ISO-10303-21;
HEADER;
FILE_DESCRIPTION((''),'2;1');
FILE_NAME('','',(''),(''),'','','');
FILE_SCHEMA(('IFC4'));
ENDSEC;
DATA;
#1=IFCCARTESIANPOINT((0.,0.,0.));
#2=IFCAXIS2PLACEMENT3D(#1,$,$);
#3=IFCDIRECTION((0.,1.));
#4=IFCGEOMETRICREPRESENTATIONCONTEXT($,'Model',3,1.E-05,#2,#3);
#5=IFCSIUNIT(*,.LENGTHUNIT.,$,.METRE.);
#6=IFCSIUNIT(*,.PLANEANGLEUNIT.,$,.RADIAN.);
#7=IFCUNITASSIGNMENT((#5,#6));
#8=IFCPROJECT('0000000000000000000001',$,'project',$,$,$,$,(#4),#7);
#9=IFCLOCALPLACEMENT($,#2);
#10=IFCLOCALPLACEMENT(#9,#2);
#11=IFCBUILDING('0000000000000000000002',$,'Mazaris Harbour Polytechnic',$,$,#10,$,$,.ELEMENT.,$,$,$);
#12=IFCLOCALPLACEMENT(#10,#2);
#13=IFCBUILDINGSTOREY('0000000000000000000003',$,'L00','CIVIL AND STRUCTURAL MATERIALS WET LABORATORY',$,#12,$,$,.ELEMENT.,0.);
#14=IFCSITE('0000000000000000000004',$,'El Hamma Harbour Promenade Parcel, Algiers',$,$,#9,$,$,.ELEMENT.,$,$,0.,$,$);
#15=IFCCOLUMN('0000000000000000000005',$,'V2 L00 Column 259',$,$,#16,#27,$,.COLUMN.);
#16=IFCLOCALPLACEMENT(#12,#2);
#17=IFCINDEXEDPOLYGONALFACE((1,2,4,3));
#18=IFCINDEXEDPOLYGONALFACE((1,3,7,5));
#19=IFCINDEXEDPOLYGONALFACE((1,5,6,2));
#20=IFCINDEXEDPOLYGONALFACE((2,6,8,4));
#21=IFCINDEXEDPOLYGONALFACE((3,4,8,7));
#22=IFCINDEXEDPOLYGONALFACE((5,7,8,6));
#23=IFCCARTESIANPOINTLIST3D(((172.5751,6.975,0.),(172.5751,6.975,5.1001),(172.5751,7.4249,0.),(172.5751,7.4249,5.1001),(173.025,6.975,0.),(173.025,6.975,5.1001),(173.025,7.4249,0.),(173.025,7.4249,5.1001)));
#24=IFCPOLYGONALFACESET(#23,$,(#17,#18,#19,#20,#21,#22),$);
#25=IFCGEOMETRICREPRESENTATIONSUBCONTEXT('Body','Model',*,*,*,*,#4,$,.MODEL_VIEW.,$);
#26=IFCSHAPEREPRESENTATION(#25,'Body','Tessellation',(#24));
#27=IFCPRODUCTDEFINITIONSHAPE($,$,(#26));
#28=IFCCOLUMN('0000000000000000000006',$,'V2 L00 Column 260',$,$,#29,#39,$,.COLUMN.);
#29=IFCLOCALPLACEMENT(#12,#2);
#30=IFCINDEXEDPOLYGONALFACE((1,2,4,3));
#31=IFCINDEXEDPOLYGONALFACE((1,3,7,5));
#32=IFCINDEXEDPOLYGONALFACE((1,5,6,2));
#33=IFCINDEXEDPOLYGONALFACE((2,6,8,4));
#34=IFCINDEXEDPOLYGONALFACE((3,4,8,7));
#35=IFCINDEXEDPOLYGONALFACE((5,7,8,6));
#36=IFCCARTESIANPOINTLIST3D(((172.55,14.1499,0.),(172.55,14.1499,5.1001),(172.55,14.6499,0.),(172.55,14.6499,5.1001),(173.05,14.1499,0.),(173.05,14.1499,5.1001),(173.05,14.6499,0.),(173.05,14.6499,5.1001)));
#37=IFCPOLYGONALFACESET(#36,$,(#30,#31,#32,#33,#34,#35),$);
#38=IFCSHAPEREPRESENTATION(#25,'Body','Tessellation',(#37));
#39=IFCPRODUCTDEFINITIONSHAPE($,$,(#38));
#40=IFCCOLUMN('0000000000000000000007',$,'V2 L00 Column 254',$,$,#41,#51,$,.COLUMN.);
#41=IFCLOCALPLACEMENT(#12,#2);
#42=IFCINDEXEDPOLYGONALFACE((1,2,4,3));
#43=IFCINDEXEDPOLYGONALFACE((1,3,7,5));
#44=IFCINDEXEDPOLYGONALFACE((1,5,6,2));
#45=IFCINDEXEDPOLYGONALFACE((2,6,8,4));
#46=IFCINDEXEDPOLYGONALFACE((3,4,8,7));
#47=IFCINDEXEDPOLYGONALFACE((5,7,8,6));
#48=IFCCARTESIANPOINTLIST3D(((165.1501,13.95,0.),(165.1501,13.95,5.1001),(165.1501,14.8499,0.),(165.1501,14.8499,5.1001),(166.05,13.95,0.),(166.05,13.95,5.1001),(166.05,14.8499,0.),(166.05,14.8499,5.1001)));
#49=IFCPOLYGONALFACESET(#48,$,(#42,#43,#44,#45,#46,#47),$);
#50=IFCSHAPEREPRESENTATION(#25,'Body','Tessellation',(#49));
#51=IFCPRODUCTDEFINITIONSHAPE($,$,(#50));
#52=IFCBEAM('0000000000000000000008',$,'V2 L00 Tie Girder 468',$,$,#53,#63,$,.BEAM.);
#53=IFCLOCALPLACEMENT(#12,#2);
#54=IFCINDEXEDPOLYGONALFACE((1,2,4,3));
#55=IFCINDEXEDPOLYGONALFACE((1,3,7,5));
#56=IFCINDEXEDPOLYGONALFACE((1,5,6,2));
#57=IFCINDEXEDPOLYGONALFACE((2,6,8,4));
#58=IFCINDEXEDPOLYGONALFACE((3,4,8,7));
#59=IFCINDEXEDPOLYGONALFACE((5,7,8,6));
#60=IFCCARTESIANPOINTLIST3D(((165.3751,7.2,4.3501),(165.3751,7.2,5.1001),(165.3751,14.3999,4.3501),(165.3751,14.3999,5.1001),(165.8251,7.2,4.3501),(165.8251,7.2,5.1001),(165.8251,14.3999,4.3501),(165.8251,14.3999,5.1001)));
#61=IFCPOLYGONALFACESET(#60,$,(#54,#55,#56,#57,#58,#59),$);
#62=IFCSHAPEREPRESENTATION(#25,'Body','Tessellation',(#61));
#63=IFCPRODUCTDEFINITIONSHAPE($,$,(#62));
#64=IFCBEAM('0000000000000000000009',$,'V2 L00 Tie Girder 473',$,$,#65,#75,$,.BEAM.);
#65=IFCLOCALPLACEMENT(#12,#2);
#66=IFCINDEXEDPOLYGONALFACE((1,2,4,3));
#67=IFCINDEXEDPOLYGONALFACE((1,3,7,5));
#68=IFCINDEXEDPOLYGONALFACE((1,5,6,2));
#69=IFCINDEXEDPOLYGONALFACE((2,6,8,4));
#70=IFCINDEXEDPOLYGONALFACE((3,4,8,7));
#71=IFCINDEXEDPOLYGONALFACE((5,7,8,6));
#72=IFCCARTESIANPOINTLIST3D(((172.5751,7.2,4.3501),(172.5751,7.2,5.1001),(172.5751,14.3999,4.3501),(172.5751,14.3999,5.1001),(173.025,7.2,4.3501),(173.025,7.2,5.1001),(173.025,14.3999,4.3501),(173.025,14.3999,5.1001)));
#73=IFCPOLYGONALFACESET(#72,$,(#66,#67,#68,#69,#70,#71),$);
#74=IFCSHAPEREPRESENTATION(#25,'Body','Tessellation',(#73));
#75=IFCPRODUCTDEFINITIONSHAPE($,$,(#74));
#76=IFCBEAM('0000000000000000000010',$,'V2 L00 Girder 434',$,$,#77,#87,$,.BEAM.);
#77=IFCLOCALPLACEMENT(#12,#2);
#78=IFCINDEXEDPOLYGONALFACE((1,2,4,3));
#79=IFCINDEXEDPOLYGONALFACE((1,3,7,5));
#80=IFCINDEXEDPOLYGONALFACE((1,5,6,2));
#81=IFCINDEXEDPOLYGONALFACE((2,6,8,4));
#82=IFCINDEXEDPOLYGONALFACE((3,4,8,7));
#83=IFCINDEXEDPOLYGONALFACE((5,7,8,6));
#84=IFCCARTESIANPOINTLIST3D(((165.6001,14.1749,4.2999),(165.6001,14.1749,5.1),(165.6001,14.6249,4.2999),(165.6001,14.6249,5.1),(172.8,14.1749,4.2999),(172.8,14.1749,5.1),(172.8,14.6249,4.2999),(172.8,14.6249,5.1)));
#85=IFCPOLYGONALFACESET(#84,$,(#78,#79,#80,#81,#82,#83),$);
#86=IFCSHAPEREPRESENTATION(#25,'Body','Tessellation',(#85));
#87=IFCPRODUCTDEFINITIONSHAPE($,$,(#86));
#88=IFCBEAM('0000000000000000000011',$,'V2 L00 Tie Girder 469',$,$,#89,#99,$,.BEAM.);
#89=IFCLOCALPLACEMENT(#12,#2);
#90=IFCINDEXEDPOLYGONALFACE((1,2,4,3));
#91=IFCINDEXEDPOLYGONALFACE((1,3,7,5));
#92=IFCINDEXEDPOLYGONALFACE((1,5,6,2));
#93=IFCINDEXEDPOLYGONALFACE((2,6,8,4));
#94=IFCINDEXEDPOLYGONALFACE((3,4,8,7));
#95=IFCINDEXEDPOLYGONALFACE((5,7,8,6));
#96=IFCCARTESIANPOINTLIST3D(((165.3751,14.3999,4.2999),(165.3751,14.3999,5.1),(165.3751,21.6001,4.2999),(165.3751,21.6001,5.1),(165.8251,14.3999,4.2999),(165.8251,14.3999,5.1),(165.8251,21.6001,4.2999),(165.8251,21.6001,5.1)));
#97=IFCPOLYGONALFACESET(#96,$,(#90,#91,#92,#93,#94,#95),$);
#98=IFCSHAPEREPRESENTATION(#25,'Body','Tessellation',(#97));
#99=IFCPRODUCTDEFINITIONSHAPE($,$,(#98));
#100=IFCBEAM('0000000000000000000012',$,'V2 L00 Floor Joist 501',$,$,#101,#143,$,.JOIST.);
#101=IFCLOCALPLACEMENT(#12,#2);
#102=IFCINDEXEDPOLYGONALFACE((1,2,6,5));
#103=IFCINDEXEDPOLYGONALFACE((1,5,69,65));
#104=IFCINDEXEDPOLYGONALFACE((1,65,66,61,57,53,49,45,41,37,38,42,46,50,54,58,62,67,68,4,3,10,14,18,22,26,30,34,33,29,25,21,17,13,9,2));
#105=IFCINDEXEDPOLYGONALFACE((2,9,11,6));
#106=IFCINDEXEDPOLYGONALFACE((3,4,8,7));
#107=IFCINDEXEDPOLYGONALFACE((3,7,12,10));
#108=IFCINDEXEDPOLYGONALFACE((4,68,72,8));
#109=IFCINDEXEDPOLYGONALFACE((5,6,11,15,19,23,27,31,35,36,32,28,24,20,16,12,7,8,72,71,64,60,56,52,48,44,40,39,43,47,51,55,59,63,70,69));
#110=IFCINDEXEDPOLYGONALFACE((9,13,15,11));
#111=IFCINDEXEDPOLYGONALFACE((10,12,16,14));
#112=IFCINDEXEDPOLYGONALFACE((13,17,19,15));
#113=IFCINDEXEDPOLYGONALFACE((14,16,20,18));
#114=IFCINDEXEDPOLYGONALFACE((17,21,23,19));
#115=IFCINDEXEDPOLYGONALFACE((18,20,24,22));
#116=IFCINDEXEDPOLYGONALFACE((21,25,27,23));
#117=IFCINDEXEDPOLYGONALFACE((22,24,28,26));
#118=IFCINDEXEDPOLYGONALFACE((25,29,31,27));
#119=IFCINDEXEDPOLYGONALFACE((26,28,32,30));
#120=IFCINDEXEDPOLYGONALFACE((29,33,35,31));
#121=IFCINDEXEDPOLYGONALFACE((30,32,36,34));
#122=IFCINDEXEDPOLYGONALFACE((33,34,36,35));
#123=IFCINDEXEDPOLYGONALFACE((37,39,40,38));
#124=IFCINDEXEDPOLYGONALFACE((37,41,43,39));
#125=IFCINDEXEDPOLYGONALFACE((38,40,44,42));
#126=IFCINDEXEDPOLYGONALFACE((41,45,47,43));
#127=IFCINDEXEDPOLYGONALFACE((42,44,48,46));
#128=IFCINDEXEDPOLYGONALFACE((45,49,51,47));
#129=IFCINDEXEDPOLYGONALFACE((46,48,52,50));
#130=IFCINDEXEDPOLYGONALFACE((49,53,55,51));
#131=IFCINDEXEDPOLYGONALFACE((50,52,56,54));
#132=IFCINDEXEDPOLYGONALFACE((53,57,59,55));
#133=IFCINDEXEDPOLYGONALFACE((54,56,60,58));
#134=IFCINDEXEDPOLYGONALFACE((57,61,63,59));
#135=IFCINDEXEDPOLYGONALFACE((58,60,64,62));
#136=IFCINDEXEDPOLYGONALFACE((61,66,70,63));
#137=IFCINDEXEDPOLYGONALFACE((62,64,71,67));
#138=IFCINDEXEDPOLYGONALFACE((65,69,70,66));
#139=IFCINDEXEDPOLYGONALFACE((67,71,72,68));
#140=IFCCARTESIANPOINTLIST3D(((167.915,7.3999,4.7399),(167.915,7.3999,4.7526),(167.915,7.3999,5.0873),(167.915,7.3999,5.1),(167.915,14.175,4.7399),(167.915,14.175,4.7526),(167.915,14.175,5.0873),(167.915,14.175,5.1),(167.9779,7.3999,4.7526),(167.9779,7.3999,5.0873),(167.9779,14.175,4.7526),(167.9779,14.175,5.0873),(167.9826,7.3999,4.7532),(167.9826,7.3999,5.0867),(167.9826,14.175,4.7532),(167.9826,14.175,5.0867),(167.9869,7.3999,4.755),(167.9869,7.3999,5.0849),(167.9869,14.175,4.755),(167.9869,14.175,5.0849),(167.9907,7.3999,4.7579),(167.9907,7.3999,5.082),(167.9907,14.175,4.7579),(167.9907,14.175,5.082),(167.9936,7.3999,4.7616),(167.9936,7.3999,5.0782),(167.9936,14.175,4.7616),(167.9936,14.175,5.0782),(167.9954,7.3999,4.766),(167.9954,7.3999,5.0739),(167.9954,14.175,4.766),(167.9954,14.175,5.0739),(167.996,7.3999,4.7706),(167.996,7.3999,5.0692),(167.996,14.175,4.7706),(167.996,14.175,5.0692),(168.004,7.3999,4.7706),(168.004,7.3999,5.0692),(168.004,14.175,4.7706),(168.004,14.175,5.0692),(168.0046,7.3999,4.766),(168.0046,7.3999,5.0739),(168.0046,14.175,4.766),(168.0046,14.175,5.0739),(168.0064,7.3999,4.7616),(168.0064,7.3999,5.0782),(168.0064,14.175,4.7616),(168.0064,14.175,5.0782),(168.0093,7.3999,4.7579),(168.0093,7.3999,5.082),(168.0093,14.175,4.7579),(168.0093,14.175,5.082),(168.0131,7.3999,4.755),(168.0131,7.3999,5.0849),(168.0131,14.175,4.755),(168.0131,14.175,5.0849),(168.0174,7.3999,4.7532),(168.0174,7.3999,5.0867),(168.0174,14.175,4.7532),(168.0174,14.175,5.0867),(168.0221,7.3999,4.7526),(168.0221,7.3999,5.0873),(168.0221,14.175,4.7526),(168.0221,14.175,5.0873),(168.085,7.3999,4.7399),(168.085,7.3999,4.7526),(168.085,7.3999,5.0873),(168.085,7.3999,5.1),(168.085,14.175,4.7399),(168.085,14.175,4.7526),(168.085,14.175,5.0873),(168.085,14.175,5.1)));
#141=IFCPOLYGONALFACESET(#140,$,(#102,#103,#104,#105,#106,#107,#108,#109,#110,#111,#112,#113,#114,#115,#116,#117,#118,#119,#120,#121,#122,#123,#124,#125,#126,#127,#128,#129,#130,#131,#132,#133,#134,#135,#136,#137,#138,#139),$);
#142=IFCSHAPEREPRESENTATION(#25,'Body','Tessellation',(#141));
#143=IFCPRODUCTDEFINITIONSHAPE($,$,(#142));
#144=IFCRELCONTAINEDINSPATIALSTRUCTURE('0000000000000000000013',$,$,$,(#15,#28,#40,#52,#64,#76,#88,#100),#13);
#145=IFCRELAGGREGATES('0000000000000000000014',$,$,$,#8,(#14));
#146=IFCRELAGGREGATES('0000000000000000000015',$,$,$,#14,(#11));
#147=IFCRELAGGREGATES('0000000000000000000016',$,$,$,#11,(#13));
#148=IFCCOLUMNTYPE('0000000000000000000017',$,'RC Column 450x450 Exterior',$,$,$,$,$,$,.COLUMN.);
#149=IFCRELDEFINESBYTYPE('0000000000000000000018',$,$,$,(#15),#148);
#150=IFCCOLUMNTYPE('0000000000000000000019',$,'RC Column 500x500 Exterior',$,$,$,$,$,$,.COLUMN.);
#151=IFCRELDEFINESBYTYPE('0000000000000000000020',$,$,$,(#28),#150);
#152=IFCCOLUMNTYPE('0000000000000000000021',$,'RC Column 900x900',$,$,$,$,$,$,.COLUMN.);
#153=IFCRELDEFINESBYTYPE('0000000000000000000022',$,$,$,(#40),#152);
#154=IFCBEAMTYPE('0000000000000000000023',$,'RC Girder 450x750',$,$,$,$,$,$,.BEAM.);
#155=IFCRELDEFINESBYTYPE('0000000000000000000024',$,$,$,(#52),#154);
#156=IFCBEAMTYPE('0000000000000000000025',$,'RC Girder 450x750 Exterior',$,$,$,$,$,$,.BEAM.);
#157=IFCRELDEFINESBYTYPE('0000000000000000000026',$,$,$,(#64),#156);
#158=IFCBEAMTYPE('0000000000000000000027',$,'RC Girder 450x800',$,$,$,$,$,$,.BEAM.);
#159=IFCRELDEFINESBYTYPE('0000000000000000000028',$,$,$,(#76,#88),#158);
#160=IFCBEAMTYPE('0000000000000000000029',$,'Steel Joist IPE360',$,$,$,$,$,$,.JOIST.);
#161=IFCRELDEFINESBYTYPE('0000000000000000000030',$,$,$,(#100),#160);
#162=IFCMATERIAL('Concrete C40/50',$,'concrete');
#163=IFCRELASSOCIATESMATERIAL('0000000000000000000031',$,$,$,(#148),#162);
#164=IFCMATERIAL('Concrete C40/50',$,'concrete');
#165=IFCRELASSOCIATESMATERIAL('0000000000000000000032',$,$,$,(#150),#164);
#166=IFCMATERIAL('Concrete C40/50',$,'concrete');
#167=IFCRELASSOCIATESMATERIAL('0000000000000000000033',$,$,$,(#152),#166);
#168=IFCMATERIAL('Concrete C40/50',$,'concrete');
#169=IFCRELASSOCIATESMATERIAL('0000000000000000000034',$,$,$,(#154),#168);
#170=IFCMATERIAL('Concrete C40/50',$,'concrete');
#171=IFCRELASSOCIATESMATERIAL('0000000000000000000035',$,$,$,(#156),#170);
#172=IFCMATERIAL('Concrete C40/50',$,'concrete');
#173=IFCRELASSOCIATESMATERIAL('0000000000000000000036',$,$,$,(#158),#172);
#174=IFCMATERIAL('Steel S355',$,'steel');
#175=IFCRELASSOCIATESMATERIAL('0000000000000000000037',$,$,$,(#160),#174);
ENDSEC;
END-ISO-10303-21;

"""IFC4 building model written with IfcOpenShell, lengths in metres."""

from ifc_helpers import new_model, si_unit, direction, frame, origin, origin_2d, place, context, subcontext, project, spatial, rectangle, i_section, extrude, material, material_profile, profile_set, type_object, element, save


model = new_model("IFC4")

# Units and contexts
model_context = context("Model", 3, precision=1e-05, world=origin(), true_north=direction((0.0, 1.0)))
body_context = subcontext(model_context, "Body", "Model", "MODEL_VIEW")
ifc_project = project(units=[si_unit("LENGTHUNIT", "METRE"), si_unit("PLANEANGLEUNIT", "RADIAN")], contexts=[model_context])

# Site, building, storey
site_placement = place(None, origin())
site = spatial("IfcSite", under=ifc_project, at=site_placement, Name="El Hamma Harbour Promenade Parcel, Algiers", CompositionType="ELEMENT", RefElevation=0.0)
building_placement = place(site_placement, origin())
building = spatial("IfcBuilding", under=site, at=building_placement, Name="Mazaris Harbour Polytechnic", CompositionType="ELEMENT")
storey_placement = place(building_placement, origin())
storey = spatial("IfcBuildingStorey", under=building, at=storey_placement, Name="L00", Description="CIVIL AND STRUCTURAL MATERIALS WET LABORATORY", CompositionType="ELEMENT", Elevation=0.0)

# Columns
ifc_material_1 = material(Name="Concrete C40/50", Category="concrete")
ifc_material_profile_1 = material_profile(ifc_material_1, rectangle(XDim=0.45, YDim=0.45, at=origin_2d()), Name="RECT450x450")
ifc_profile_set_1 = profile_set([ifc_material_profile_1], Name="Concrete C40/50")
column_type_1 = type_object("IfcColumnType", Name="RC Column 450x450 Exterior", PredefinedType="COLUMN", material=ifc_profile_set_1)
column_1_placement = place(storey_placement, frame((172.8, 7.2, 0.0), z_axis=(0.0, 0.0, 1.0), x_axis=(1.0, 0.0, 0.0)))
element("IfcColumn", 1, at=column_1_placement, inside=storey, type_object=column_type_1, Name="V2 L00 Column 259", PredefinedType="COLUMN", context=body_context, shape_type="SweptSolid", body=[
    extrude(rectangle(XDim=0.45, YDim=0.45, at=origin_2d()), origin(), (0.0, 0.0, 1.0), 5.1001),
])
ifc_material_2 = material(Name="Concrete C40/50", Category="concrete")
ifc_material_profile_2 = material_profile(ifc_material_2, rectangle(XDim=0.5, YDim=0.5, at=origin_2d()), Name="RECT500x500")
ifc_profile_set_2 = profile_set([ifc_material_profile_2], Name="Concrete C40/50")
column_type_2 = type_object("IfcColumnType", Name="RC Column 500x500 Exterior", PredefinedType="COLUMN", material=ifc_profile_set_2)
column_2_placement = place(storey_placement, frame((172.8, 14.3999, 0.0), z_axis=(0.0, 0.0, 1.0), x_axis=(1.0, 0.0, 0.0)))
element("IfcColumn", 2, at=column_2_placement, inside=storey, type_object=column_type_2, Name="V2 L00 Column 260", PredefinedType="COLUMN", context=body_context, shape_type="SweptSolid", body=[
    extrude(rectangle(XDim=0.5, YDim=0.5, at=origin_2d()), origin(), (0.0, 0.0, 1.0), 5.1001),
])
ifc_material_3 = material(Name="Concrete C40/50", Category="concrete")
ifc_material_profile_3 = material_profile(ifc_material_3, rectangle(XDim=0.8999, YDim=0.8999, at=origin_2d()), Name="RECT900x900")
ifc_profile_set_3 = profile_set([ifc_material_profile_3], Name="Concrete C40/50")
column_type_3 = type_object("IfcColumnType", Name="RC Column 900x900", PredefinedType="COLUMN", material=ifc_profile_set_3)
column_3_placement = place(storey_placement, frame((165.6001, 14.3999, 0.0), z_axis=(0.0, 0.0, 1.0), x_axis=(1.0, 0.0, 0.0)))
element("IfcColumn", 3, at=column_3_placement, inside=storey, type_object=column_type_3, Name="V2 L00 Column 254", PredefinedType="COLUMN", context=body_context, shape_type="SweptSolid", body=[
    extrude(rectangle(XDim=0.8999, YDim=0.8999, at=origin_2d()), origin(), (0.0, 0.0, 1.0), 5.1001),
])

# Beams
ifc_material_4 = material(Name="Concrete C40/50", Category="concrete")
ifc_material_profile_4 = material_profile(ifc_material_4, rectangle(XDim=0.45, YDim=0.75, at=origin_2d()), Name="RECT450x750")
ifc_profile_set_4 = profile_set([ifc_material_profile_4], Name="Concrete C40/50")
beam_type_1 = type_object("IfcBeamType", Name="RC Girder 450x750", PredefinedType="BEAM", material=ifc_profile_set_4)
beam_1_placement = place(storey_placement, frame((165.6001, 7.2, 4.7251), z_axis=(0.0, 1.0, 0.0), x_axis=(-1.0, 0.0, 0.0)))
element("IfcBeam", 4, at=beam_1_placement, inside=storey, type_object=beam_type_1, Name="V2 L00 Tie Girder 468", PredefinedType="BEAM", context=body_context, shape_type="SweptSolid", body=[
    extrude(rectangle(XDim=0.45, YDim=0.75, at=origin_2d()), origin(), (0.0, 0.0, 1.0), 7.2),
])
ifc_material_5 = material(Name="Concrete C40/50", Category="concrete")
ifc_material_profile_5 = material_profile(ifc_material_5, rectangle(XDim=0.45, YDim=0.75, at=origin_2d()), Name="RECT450x750")
ifc_profile_set_5 = profile_set([ifc_material_profile_5], Name="Concrete C40/50")
beam_type_2 = type_object("IfcBeamType", Name="RC Girder 450x750 Exterior", PredefinedType="BEAM", material=ifc_profile_set_5)
beam_2_placement = place(storey_placement, frame((172.8, 7.2, 4.7251), z_axis=(0.0, 1.0, 0.0), x_axis=(-1.0, 0.0, 0.0)))
element("IfcBeam", 5, at=beam_2_placement, inside=storey, type_object=beam_type_2, Name="V2 L00 Tie Girder 473", PredefinedType="BEAM", context=body_context, shape_type="SweptSolid", body=[
    extrude(rectangle(XDim=0.45, YDim=0.75, at=origin_2d()), origin(), (0.0, 0.0, 1.0), 7.2),
])
ifc_material_6 = material(Name="Concrete C40/50", Category="concrete")
ifc_material_profile_6 = material_profile(ifc_material_6, rectangle(XDim=0.45, YDim=0.8, at=origin_2d()), Name="RECT450x800")
ifc_profile_set_6 = profile_set([ifc_material_profile_6], Name="Concrete C40/50")
beam_type_3 = type_object("IfcBeamType", Name="RC Girder 450x800", PredefinedType="BEAM", material=ifc_profile_set_6)
beam_3_placement = place(storey_placement, frame((165.6001, 14.3999, 4.7), z_axis=(1.0, 0.0, 0.0), x_axis=(0.0, 1.0, 0.0)))
element("IfcBeam", 6, at=beam_3_placement, inside=storey, type_object=beam_type_3, Name="V2 L00 Girder 434", PredefinedType="BEAM", context=body_context, shape_type="SweptSolid", body=[
    extrude(rectangle(XDim=0.45, YDim=0.8, at=origin_2d()), origin(), (0.0, 0.0, 1.0), 7.2),
])
beam_4_placement = place(storey_placement, frame((165.6001, 14.3999, 4.7), z_axis=(0.0, 1.0, 0.0), x_axis=(-1.0, 0.0, 0.0)))
element("IfcBeam", 7, at=beam_4_placement, inside=storey, type_object=beam_type_3, Name="V2 L00 Tie Girder 469", PredefinedType="BEAM", context=body_context, shape_type="SweptSolid", body=[
    extrude(rectangle(XDim=0.45, YDim=0.8, at=origin_2d()), origin(), (0.0, 0.0, 1.0), 7.2002),
])
ifc_material_7 = material(Name="Steel S355", Category="steel")
ifc_material_profile_7 = material_profile(ifc_material_7, i_section(OverallWidth=0.1699, OverallDepth=0.3601, WebThickness=0.0081, FlangeThickness=0.0127, FilletRadius=0.0181, at=origin_2d()), Name="IPE 360")
ifc_profile_set_7 = profile_set([ifc_material_profile_7], Name="Steel S355")
beam_type_4 = type_object("IfcBeamType", Name="Steel Joist IPE360", PredefinedType="JOIST", material=ifc_profile_set_7)
beam_5_placement = place(storey_placement, frame((168.0, 7.3999, 4.9199), z_axis=(0.0, 1.0, 0.0), x_axis=(-1.0, 0.0, 0.0)))
element("IfcBeam", 8, at=beam_5_placement, inside=storey, type_object=beam_type_4, Name="V2 L00 Floor Joist 501", PredefinedType="JOIST", context=body_context, shape_type="SweptSolid", body=[
    extrude(i_section(OverallWidth=0.1699, OverallDepth=0.3601, WebThickness=0.0081, FlangeThickness=0.0127, FilletRadius=0.0181, at=origin_2d()), origin(), (0.0, 0.0, 1.0), 6.7751),
])

save(model, "model.ifc")
